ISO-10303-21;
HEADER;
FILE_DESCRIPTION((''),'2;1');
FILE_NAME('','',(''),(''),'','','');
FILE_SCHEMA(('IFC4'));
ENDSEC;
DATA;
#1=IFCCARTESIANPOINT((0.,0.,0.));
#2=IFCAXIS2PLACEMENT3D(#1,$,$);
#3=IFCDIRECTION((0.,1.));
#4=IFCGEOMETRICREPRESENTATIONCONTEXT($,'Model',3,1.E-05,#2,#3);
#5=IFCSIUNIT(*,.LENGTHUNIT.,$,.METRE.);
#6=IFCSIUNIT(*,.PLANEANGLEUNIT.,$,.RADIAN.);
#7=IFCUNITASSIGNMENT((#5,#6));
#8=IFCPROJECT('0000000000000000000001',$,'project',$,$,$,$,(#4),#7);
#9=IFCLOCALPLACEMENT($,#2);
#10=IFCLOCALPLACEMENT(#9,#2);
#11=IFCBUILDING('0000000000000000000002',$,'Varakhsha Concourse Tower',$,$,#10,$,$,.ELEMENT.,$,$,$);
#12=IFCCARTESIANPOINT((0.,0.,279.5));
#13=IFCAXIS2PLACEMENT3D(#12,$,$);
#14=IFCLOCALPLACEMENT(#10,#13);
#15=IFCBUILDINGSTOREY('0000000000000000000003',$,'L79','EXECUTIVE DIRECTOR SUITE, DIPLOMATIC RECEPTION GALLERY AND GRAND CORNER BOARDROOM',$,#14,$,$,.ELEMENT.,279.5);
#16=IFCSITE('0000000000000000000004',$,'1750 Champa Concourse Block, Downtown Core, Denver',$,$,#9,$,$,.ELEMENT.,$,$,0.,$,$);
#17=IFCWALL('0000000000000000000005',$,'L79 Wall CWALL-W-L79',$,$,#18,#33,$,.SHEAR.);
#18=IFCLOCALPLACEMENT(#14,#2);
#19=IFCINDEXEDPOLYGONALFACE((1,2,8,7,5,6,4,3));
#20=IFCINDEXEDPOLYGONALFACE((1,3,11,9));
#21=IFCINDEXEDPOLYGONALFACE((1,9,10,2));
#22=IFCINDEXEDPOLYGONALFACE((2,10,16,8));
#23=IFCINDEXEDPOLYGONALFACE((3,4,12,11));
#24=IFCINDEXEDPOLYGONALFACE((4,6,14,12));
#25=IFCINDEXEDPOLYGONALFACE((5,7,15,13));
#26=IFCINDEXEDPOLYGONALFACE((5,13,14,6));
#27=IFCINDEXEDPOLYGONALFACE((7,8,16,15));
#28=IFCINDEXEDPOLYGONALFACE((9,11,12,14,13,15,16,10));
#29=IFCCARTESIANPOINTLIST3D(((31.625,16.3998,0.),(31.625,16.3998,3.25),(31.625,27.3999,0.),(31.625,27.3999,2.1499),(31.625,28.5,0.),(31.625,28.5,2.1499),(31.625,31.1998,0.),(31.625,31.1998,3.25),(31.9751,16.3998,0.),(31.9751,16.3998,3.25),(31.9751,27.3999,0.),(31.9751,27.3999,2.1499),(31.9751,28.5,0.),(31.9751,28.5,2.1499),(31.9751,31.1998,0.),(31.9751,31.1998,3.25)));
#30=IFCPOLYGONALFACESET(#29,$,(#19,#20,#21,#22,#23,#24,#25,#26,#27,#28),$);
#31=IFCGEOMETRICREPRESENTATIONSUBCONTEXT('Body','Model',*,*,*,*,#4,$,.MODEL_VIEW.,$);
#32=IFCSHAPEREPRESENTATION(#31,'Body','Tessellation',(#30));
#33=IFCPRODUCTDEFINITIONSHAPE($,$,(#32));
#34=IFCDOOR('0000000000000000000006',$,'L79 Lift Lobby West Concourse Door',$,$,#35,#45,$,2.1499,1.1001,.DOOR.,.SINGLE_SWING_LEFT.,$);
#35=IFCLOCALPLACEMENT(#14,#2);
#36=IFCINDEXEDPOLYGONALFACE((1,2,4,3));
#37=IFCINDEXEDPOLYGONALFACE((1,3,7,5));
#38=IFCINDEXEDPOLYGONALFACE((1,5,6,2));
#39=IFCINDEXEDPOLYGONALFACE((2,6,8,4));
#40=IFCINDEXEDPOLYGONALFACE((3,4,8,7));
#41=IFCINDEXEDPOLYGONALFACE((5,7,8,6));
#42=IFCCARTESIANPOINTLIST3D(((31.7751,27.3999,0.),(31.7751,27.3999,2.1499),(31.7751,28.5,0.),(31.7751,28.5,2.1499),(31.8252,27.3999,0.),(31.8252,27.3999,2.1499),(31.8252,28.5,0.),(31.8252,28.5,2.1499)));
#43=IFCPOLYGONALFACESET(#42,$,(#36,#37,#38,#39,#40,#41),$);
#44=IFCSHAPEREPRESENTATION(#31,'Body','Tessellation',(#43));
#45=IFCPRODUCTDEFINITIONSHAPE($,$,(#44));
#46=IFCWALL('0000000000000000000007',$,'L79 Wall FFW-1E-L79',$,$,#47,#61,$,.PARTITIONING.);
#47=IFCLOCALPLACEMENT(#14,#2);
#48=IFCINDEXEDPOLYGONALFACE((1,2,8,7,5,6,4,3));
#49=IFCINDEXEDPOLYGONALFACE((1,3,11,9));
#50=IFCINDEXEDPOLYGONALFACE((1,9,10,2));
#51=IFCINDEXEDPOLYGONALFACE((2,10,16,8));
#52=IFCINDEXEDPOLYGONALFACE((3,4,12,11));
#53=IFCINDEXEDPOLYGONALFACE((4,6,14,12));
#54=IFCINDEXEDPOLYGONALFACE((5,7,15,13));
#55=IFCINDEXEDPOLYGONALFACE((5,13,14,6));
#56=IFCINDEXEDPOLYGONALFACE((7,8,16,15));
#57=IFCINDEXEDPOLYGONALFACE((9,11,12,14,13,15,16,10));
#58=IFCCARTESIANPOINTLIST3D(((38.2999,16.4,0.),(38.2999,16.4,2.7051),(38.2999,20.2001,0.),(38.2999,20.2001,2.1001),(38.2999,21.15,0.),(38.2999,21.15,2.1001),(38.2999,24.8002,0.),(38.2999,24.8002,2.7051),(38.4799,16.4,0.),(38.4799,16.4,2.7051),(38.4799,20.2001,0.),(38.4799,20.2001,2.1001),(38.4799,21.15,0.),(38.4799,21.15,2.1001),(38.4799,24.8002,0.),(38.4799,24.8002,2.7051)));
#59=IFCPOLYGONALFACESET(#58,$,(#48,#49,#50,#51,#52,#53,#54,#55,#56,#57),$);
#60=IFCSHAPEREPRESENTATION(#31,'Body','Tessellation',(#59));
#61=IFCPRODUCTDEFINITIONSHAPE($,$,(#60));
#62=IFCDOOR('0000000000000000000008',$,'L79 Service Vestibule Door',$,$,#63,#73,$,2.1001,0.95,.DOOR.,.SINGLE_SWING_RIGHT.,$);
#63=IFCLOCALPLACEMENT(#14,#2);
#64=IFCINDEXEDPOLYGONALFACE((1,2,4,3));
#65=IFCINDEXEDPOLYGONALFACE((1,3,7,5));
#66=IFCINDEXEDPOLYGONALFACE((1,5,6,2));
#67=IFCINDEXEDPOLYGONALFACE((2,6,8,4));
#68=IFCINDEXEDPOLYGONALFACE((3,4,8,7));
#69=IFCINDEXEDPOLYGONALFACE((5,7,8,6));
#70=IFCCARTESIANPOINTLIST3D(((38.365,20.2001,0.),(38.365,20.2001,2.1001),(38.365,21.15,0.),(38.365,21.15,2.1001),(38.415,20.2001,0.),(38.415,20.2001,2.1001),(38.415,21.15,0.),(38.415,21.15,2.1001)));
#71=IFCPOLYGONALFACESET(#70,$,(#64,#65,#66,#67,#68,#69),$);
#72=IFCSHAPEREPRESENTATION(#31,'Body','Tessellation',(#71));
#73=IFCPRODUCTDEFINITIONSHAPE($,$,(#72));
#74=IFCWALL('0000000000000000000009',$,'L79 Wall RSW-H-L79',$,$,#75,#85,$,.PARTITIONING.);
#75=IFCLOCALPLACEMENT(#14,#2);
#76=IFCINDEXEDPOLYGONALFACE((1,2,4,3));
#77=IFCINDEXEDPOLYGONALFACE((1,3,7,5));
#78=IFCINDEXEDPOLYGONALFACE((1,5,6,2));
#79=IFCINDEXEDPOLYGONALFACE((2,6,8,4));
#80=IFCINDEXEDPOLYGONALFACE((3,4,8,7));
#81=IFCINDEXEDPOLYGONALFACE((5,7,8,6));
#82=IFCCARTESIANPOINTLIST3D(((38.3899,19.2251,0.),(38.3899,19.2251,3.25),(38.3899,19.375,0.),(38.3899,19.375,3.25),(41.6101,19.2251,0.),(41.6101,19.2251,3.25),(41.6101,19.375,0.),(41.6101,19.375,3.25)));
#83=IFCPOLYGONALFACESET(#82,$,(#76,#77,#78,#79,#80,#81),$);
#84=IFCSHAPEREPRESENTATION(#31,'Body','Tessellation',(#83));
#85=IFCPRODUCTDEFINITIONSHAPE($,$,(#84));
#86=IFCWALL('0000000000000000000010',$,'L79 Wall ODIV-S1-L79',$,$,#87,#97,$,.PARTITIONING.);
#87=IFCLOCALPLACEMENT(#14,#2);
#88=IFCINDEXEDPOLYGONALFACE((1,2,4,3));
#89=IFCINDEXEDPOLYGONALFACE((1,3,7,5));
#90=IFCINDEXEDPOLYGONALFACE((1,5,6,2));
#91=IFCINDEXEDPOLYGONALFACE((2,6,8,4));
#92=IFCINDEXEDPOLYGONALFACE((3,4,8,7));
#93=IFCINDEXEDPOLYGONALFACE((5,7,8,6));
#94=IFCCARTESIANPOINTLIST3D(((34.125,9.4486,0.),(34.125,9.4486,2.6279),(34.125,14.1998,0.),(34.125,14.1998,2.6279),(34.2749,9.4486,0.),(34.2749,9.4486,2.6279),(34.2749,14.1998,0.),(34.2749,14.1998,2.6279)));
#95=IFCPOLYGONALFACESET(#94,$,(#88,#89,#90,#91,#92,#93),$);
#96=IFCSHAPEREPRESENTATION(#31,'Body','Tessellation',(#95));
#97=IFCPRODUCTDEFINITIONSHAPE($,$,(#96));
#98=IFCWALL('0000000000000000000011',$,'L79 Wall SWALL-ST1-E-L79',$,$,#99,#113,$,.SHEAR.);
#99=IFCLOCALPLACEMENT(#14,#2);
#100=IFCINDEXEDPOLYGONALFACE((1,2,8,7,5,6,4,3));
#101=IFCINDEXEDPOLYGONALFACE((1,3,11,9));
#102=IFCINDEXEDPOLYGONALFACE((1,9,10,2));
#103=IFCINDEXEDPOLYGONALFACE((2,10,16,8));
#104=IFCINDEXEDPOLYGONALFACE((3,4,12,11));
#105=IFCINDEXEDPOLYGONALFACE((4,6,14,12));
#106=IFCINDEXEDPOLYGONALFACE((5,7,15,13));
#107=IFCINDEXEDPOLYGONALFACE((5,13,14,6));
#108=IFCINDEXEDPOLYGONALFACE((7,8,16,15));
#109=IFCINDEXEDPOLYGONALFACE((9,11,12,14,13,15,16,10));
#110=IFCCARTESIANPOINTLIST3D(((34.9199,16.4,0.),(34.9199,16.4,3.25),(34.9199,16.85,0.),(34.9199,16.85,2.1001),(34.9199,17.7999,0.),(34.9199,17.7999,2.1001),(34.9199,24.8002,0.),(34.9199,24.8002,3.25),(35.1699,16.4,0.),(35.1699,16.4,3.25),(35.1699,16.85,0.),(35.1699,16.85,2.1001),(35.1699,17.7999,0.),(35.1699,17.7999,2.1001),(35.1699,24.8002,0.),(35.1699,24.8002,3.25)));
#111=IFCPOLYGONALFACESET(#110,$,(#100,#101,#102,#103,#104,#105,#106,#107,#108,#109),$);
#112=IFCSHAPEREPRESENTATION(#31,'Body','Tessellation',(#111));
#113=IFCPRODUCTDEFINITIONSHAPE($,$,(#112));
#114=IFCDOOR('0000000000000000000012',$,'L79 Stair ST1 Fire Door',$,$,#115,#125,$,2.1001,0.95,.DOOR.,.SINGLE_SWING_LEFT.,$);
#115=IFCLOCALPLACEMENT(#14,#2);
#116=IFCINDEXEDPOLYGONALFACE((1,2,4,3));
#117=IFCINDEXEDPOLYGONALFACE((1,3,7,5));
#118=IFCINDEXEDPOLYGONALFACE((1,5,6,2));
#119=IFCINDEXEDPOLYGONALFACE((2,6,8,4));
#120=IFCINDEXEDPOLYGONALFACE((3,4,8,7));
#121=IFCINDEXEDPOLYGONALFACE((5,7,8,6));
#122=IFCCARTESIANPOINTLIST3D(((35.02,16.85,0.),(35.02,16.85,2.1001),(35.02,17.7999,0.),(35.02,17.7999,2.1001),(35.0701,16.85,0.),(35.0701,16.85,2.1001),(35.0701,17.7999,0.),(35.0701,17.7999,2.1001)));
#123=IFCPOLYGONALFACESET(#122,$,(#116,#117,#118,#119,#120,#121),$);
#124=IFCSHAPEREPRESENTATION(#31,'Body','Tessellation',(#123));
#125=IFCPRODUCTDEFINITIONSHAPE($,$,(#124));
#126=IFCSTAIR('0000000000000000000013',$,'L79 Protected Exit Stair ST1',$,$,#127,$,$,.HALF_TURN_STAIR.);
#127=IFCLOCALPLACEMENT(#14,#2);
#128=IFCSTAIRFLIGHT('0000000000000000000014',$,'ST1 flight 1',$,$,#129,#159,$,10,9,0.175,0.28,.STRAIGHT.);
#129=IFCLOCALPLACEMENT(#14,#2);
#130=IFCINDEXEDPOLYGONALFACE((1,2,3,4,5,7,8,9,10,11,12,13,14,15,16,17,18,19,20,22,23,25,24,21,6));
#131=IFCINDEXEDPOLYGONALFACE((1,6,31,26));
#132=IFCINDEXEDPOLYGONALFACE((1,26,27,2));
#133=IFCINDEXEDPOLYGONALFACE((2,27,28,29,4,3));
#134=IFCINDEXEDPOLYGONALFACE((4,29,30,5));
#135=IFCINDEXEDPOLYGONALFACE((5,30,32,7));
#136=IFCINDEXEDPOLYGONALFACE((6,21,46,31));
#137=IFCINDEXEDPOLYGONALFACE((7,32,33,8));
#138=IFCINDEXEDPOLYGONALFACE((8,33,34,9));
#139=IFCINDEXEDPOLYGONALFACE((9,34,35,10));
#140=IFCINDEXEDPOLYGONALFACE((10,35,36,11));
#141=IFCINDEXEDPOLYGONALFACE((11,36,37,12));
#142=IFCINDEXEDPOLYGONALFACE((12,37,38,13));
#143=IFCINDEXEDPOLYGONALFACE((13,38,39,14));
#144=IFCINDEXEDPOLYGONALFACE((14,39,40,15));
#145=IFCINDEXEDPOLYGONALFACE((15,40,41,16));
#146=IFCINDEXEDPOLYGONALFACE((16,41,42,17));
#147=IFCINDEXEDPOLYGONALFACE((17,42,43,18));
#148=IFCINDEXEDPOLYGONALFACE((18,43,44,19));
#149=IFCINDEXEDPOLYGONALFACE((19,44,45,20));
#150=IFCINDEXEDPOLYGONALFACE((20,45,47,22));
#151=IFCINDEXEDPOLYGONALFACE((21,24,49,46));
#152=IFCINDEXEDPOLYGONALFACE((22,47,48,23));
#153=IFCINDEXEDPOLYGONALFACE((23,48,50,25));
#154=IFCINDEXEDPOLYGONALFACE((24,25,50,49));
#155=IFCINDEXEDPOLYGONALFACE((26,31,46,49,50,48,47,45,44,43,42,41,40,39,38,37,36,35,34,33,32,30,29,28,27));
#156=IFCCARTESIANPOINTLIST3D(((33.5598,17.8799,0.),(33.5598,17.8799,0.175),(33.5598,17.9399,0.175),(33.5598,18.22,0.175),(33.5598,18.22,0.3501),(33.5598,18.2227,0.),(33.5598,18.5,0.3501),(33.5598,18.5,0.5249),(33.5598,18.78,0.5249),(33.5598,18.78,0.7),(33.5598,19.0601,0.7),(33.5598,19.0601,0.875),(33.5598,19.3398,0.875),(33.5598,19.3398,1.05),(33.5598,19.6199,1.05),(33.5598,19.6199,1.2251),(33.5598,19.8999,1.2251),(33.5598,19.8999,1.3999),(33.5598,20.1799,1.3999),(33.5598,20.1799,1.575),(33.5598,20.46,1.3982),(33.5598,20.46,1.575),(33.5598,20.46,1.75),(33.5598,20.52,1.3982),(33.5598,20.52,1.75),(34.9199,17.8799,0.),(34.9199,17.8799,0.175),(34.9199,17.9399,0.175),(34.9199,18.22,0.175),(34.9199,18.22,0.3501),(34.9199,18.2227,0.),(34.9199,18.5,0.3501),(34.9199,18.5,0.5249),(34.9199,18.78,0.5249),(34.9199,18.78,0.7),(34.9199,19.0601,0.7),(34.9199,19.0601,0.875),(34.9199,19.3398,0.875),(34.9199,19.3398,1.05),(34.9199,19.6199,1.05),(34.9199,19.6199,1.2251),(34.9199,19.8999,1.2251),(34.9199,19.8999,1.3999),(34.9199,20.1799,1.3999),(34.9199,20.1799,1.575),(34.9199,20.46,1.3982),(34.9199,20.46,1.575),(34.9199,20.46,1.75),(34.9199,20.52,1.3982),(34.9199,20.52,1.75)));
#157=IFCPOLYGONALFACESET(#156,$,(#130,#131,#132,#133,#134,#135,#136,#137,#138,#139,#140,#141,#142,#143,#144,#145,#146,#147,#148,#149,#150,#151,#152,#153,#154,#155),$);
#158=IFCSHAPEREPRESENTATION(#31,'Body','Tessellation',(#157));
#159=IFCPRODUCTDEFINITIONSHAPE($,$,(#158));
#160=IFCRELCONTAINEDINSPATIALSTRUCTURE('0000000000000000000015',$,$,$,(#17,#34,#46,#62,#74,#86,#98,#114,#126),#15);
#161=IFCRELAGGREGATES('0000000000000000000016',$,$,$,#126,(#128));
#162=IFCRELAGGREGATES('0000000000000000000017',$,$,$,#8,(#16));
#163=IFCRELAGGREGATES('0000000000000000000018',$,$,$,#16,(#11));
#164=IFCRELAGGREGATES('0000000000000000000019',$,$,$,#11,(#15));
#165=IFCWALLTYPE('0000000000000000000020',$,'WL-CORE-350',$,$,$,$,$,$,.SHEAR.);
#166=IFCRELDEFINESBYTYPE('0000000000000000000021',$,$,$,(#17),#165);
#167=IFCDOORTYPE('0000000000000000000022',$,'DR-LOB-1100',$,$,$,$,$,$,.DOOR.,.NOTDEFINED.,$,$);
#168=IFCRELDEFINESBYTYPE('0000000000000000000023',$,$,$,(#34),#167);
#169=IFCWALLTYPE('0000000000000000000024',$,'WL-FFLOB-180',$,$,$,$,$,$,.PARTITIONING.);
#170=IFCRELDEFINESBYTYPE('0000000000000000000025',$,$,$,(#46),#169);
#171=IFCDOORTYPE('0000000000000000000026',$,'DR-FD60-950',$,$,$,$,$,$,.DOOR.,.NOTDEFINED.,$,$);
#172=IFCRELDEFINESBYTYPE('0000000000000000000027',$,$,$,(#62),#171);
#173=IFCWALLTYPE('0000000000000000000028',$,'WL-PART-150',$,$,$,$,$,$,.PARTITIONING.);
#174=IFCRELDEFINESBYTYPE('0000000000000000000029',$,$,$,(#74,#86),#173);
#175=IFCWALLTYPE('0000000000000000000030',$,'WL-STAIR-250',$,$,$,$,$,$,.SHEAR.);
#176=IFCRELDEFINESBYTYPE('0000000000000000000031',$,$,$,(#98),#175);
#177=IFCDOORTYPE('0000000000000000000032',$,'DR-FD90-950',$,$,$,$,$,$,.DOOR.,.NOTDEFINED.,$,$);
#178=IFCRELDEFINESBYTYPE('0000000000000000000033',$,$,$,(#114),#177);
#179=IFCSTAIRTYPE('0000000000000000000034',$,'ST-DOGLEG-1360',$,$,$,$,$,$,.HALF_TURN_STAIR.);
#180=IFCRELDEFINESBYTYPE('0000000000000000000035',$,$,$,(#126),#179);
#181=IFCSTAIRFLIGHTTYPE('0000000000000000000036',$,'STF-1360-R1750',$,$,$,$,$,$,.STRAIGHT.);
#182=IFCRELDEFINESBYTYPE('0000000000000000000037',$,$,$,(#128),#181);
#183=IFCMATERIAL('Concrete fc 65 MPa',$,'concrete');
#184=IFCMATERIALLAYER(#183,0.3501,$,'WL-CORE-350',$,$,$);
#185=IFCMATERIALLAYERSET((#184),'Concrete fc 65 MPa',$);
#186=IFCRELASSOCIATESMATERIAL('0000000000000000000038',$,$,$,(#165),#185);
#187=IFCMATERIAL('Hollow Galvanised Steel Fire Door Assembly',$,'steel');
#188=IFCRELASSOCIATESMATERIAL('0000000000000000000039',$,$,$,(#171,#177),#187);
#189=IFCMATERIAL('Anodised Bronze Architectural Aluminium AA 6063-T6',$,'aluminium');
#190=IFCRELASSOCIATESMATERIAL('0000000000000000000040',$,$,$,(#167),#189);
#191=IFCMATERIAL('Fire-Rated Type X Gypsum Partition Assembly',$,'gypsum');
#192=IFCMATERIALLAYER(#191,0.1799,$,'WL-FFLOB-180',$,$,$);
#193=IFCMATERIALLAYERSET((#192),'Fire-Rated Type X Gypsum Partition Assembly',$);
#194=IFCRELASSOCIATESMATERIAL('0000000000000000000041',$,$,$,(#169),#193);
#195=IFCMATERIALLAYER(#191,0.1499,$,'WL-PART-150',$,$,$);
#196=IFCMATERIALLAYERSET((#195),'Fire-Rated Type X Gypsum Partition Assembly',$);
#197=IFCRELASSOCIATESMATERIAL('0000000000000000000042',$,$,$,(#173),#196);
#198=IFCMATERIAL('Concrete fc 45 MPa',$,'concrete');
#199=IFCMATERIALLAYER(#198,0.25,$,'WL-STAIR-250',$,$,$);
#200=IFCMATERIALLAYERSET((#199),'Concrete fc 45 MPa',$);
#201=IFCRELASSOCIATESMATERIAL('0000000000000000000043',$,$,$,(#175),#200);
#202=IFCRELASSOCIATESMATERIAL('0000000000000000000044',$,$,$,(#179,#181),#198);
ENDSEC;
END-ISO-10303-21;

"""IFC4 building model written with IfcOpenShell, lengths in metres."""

from ifc_helpers import new_model, si_unit, direction, frame, frame_2d, origin, place, context, subcontext, project, spatial, polyline, rectangle, outline, extrude, material, layer, layer_set, type_object, element, fill, aggregate, save


model = new_model("IFC4")

# Units and contexts
model_context = context("Model", 3, precision=1e-05, world=origin(), true_north=direction((0.0, 1.0)))
body_context = subcontext(model_context, "Body", "Model", "MODEL_VIEW")
ifc_project = project(units=[si_unit("LENGTHUNIT", "METRE"), si_unit("PLANEANGLEUNIT", "RADIAN")], contexts=[model_context])

# Site, building, storey
site_placement = place(None, origin())
site = spatial("IfcSite", under=ifc_project, at=site_placement, Name="1750 Champa Concourse Block, Downtown Core, Denver", CompositionType="ELEMENT", RefElevation=0.0)
building_placement = place(site_placement, origin())
building = spatial("IfcBuilding", under=site, at=building_placement, Name="Varakhsha Concourse Tower", CompositionType="ELEMENT")
storey_placement = place(building_placement, frame((0.0, 0.0, 279.5)))
storey = spatial("IfcBuildingStorey", under=building, at=storey_placement, Name="L79", Description="EXECUTIVE DIRECTOR SUITE, DIPLOMATIC RECEPTION GALLERY AND GRAND CORNER BOARDROOM", CompositionType="ELEMENT", Elevation=279.5)

# Shared definitions
ifc_material_1 = material(Name="Concrete fc 65 MPa", Category="concrete")

# Shared definitions
ifc_material_2 = material(Name="Anodised Bronze Architectural Aluminium AA 6063-T6", Category="aluminium")

# Shared definitions
ifc_layer_1 = layer(ifc_material_1, 0.3501, Name="WL-CORE-350")
ifc_layer_set_1 = layer_set([ifc_layer_1], Name="Concrete fc 65 MPa")
wall_type_1 = type_object("IfcWallType", Name="WL-CORE-350", PredefinedType="SHEAR", material=ifc_layer_set_1)
ifc_material_3 = material(Name="Hollow Galvanised Steel Fire Door Assembly", Category="steel")
door_type_1 = type_object("IfcDoorType", Name="DR-FD60-950", OperationType="NOTDEFINED", PredefinedType="DOOR", material=ifc_material_3)

# Walls, openings, doors
wall_1_placement = place(storey_placement, frame((31.8, 16.3999, 0.0), z_axis=(0.0, 0.0, 1.0), x_axis=(0.0, 1.0, 0.0)))
wall_1 = element("IfcWall", 1, at=wall_1_placement, inside=storey, type_object=wall_type_1, Name="L79 Wall CWALL-W-L79", PredefinedType="SHEAR", context=body_context, shape_type="SweptSolid", body=[
    extrude(rectangle(XDim=14.8, YDim=0.3501, at=frame_2d((7.3999, 0.0))), origin(), (0.0, 0.0, 1.0), 3.25),
])
opening_1_placement = place(wall_1_placement, frame((11.0, 0.0, 0.0)))
opening_1 = element("IfcOpeningElement", 2, at=opening_1_placement, cuts=wall_1, PredefinedType="OPENING", context=body_context, shape_type="SweptSolid", body=[
    extrude(rectangle(XDim=1.1001, YDim=2.1499, at=frame_2d((0.55, 1.075))), frame((0.0, 0.1851, 0.0), z_axis=(0.0, -1.0, 0.0), x_axis=(1.0, 0.0, 0.0)), (0.0, 0.0, 1.0), 0.3701),
])
door_type_2 = type_object("IfcDoorType", Name="DR-LOB-1100", OperationType="NOTDEFINED", PredefinedType="DOOR", material=ifc_material_2)
door_1_placement = place(opening_1_placement, origin())
door_1 = element("IfcDoor", 3, at=door_1_placement, inside=storey, type_object=door_type_2, Name="L79 Lift Lobby West Concourse Door", OperationType="SINGLE_SWING_LEFT", OverallHeight=2.1499, OverallWidth=1.1001, PredefinedType="DOOR", context=body_context, shape_type="SweptSolid", body=[
    extrude(rectangle(XDim=1.1001, YDim=2.1499, at=frame_2d((0.55, 1.075))), frame((0.0, 0.0249, 0.0), z_axis=(0.0, -1.0, 0.0), x_axis=(1.0, 0.0, 0.0)), (0.0, 0.0, 1.0), 0.05),
])
fill(opening_1, door_1)
ifc_material_4 = material(Name="Fire-Rated Type X Gypsum Partition Assembly", Category="gypsum")
ifc_layer_2 = layer(ifc_material_4, 0.1799, Name="WL-FFLOB-180")
ifc_layer_set_2 = layer_set([ifc_layer_2], Name="Fire-Rated Type X Gypsum Partition Assembly")
wall_type_2 = type_object("IfcWallType", Name="WL-FFLOB-180", PredefinedType="PARTITIONING", material=ifc_layer_set_2)
wall_2_placement = place(storey_placement, frame((38.3899, 16.3999, 0.0), z_axis=(0.0, 0.0, 1.0), x_axis=(0.0, 1.0, 0.0)))
wall_2 = element("IfcWall", 4, at=wall_2_placement, inside=storey, type_object=wall_type_2, Name="L79 Wall FFW-1E-L79", PredefinedType="PARTITIONING", context=body_context, shape_type="SweptSolid", body=[
    extrude(rectangle(XDim=8.4001, YDim=0.1799, at=frame_2d((4.2002, 0.0))), origin(), (0.0, 0.0, 1.0), 2.7051),
])
opening_2_placement = place(wall_2_placement, frame((3.8, 0.0, 0.0)))
opening_2 = element("IfcOpeningElement", 5, at=opening_2_placement, cuts=wall_2, PredefinedType="OPENING", context=body_context, shape_type="SweptSolid", body=[
    extrude(rectangle(XDim=0.95, YDim=2.1001, at=frame_2d((0.4751, 1.05))), frame((0.0, 0.0999, 0.0), z_axis=(0.0, -1.0, 0.0), x_axis=(1.0, 0.0, 0.0)), (0.0, 0.0, 1.0), 0.2),
])
door_2_placement = place(opening_2_placement, origin())
door_2 = element("IfcDoor", 6, at=door_2_placement, inside=storey, type_object=door_type_1, Name="L79 Service Vestibule Door", OperationType="SINGLE_SWING_RIGHT", OverallHeight=2.1001, OverallWidth=0.95, PredefinedType="DOOR", context=body_context, shape_type="SweptSolid", body=[
    extrude(rectangle(XDim=0.95, YDim=2.1001, at=frame_2d((0.4751, 1.05))), frame((0.0, 0.0249, 0.0), z_axis=(0.0, -1.0, 0.0), x_axis=(1.0, 0.0, 0.0)), (0.0, 0.0, 1.0), 0.05),
])
fill(opening_2, door_2)

# Walls
ifc_layer_3 = layer(ifc_material_4, 0.1499, Name="WL-PART-150")
ifc_layer_set_3 = layer_set([ifc_layer_3], Name="Fire-Rated Type X Gypsum Partition Assembly")
wall_type_3 = type_object("IfcWallType", Name="WL-PART-150", PredefinedType="PARTITIONING", material=ifc_layer_set_3)
wall_3_placement = place(storey_placement, frame((38.3899, 19.3, 0.0), z_axis=(0.0, 0.0, 1.0), x_axis=(1.0, 0.0, 0.0)))
element("IfcWall", 7, at=wall_3_placement, inside=storey, type_object=wall_type_3, Name="L79 Wall RSW-H-L79", PredefinedType="PARTITIONING", context=body_context, shape_type="SweptSolid", body=[
    extrude(rectangle(XDim=3.2202, YDim=0.1499, at=frame_2d((1.6101, 0.0))), origin(), (0.0, 0.0, 1.0), 3.25),
])
wall_4_placement = place(storey_placement, frame((34.2, 9.4487, 0.0), z_axis=(0.0, 0.0, 1.0), x_axis=(0.0, 1.0, 0.0)))
element("IfcWall", 8, at=wall_4_placement, inside=storey, type_object=wall_type_3, Name="L79 Wall ODIV-S1-L79", PredefinedType="PARTITIONING", context=body_context, shape_type="SweptSolid", body=[
    extrude(rectangle(XDim=4.7512, YDim=0.1499, at=frame_2d((2.3755, 0.0))), origin(), (0.0, 0.0, 1.0), 2.6279),
])

# Wall, opening, door
ifc_material_5 = material(Name="Concrete fc 45 MPa", Category="concrete")
ifc_layer_4 = layer(ifc_material_5, 0.25, Name="WL-STAIR-250")
ifc_layer_set_4 = layer_set([ifc_layer_4], Name="Concrete fc 45 MPa")
wall_type_4 = type_object("IfcWallType", Name="WL-STAIR-250", PredefinedType="SHEAR", material=ifc_layer_set_4)
wall_5_placement = place(storey_placement, frame((35.0449, 16.3999, 0.0), z_axis=(0.0, 0.0, 1.0), x_axis=(0.0, 1.0, 0.0)))
wall_5 = element("IfcWall", 9, at=wall_5_placement, inside=storey, type_object=wall_type_4, Name="L79 Wall SWALL-ST1-E-L79", PredefinedType="SHEAR", context=body_context, shape_type="SweptSolid", body=[
    extrude(rectangle(XDim=8.4001, YDim=0.25, at=frame_2d((4.2002, 0.0))), origin(), (0.0, 0.0, 1.0), 3.25),
])
opening_3_placement = place(wall_5_placement, frame((0.45, 0.0, 0.0)))
opening_3 = element("IfcOpeningElement", 10, at=opening_3_placement, cuts=wall_5, PredefinedType="OPENING", context=body_context, shape_type="SweptSolid", body=[
    extrude(rectangle(XDim=0.95, YDim=2.1001, at=frame_2d((0.4751, 1.05))), frame((0.0, 0.135, 0.0), z_axis=(0.0, -1.0, 0.0), x_axis=(1.0, 0.0, 0.0)), (0.0, 0.0, 1.0), 0.27),
])
door_type_3 = type_object("IfcDoorType", Name="DR-FD90-950", OperationType="NOTDEFINED", PredefinedType="DOOR", material=ifc_material_3)
door_3_placement = place(opening_3_placement, origin())
door_3 = element("IfcDoor", 11, at=door_3_placement, inside=storey, type_object=door_type_3, Name="L79 Stair ST1 Fire Door", OperationType="SINGLE_SWING_LEFT", OverallHeight=2.1001, OverallWidth=0.95, PredefinedType="DOOR", context=body_context, shape_type="SweptSolid", body=[
    extrude(rectangle(XDim=0.95, YDim=2.1001, at=frame_2d((0.4751, 1.05))), frame((0.0, 0.0249, 0.0), z_axis=(0.0, -1.0, 0.0), x_axis=(1.0, 0.0, 0.0)), (0.0, 0.0, 1.0), 0.05),
])
fill(opening_3, door_3)

# Stair, stair flight
stair_type = type_object("IfcStairType", Name="ST-DOGLEG-1360", PredefinedType="HALF_TURN_STAIR", material=ifc_material_5)
stair_placement = place(storey_placement, origin())
stair = element("IfcStair", 12, at=stair_placement, inside=storey, type_object=stair_type, Name="L79 Protected Exit Stair ST1", PredefinedType="HALF_TURN_STAIR")
stair_flight_type = type_object("IfcStairFlightType", Name="STF-1360-R1750", PredefinedType="STRAIGHT", material=ifc_material_5)
stair_flight_placement = place(storey_placement, frame((34.24, 17.9399, 0.0), z_axis=(0.0, 0.0, 1.0), x_axis=(0.0, 1.0, 0.0)))
stair_flight = element("IfcStairFlight", 13, at=stair_flight_placement, type_object=stair_flight_type, Name="ST1 flight 1", NumberOfRisers=10, NumberOfTreads=9, PredefinedType="STRAIGHT", RiserHeight=0.175, TreadLength=0.28, context=body_context, shape_type="SweptSolid", body=[
    extrude(outline(polyline([(-0.0601, 0.0), (-0.0601, 0.175), (0.0, 0.175), (0.28, 0.175), (0.28, 0.3501), (0.5601, 0.3501), (0.5601, 0.5249), (0.8401, 0.5249), (0.8401, 0.7), (1.1201, 0.7), (1.1201, 0.875), (1.3999, 0.875), (1.3999, 1.05), (1.6799, 1.05), (1.6799, 1.2251), (1.96, 1.2251), (1.96, 1.3999), (2.24, 1.3999), (2.24, 1.575), (2.52, 1.575), (2.52, 1.75), (2.5801, 1.75), (2.5801, 1.3982), (2.52, 1.3982), (0.2827, 0.0), (-0.0601, 0.0)])), frame((0.0, 0.6802, 0.0), z_axis=(0.0, -1.0, 0.0), x_axis=(1.0, 0.0, 0.0)), (0.0, 0.0, 1.0), 1.3601),
])
aggregate(stair, [stair_flight])

save(model, "model.ifc")
